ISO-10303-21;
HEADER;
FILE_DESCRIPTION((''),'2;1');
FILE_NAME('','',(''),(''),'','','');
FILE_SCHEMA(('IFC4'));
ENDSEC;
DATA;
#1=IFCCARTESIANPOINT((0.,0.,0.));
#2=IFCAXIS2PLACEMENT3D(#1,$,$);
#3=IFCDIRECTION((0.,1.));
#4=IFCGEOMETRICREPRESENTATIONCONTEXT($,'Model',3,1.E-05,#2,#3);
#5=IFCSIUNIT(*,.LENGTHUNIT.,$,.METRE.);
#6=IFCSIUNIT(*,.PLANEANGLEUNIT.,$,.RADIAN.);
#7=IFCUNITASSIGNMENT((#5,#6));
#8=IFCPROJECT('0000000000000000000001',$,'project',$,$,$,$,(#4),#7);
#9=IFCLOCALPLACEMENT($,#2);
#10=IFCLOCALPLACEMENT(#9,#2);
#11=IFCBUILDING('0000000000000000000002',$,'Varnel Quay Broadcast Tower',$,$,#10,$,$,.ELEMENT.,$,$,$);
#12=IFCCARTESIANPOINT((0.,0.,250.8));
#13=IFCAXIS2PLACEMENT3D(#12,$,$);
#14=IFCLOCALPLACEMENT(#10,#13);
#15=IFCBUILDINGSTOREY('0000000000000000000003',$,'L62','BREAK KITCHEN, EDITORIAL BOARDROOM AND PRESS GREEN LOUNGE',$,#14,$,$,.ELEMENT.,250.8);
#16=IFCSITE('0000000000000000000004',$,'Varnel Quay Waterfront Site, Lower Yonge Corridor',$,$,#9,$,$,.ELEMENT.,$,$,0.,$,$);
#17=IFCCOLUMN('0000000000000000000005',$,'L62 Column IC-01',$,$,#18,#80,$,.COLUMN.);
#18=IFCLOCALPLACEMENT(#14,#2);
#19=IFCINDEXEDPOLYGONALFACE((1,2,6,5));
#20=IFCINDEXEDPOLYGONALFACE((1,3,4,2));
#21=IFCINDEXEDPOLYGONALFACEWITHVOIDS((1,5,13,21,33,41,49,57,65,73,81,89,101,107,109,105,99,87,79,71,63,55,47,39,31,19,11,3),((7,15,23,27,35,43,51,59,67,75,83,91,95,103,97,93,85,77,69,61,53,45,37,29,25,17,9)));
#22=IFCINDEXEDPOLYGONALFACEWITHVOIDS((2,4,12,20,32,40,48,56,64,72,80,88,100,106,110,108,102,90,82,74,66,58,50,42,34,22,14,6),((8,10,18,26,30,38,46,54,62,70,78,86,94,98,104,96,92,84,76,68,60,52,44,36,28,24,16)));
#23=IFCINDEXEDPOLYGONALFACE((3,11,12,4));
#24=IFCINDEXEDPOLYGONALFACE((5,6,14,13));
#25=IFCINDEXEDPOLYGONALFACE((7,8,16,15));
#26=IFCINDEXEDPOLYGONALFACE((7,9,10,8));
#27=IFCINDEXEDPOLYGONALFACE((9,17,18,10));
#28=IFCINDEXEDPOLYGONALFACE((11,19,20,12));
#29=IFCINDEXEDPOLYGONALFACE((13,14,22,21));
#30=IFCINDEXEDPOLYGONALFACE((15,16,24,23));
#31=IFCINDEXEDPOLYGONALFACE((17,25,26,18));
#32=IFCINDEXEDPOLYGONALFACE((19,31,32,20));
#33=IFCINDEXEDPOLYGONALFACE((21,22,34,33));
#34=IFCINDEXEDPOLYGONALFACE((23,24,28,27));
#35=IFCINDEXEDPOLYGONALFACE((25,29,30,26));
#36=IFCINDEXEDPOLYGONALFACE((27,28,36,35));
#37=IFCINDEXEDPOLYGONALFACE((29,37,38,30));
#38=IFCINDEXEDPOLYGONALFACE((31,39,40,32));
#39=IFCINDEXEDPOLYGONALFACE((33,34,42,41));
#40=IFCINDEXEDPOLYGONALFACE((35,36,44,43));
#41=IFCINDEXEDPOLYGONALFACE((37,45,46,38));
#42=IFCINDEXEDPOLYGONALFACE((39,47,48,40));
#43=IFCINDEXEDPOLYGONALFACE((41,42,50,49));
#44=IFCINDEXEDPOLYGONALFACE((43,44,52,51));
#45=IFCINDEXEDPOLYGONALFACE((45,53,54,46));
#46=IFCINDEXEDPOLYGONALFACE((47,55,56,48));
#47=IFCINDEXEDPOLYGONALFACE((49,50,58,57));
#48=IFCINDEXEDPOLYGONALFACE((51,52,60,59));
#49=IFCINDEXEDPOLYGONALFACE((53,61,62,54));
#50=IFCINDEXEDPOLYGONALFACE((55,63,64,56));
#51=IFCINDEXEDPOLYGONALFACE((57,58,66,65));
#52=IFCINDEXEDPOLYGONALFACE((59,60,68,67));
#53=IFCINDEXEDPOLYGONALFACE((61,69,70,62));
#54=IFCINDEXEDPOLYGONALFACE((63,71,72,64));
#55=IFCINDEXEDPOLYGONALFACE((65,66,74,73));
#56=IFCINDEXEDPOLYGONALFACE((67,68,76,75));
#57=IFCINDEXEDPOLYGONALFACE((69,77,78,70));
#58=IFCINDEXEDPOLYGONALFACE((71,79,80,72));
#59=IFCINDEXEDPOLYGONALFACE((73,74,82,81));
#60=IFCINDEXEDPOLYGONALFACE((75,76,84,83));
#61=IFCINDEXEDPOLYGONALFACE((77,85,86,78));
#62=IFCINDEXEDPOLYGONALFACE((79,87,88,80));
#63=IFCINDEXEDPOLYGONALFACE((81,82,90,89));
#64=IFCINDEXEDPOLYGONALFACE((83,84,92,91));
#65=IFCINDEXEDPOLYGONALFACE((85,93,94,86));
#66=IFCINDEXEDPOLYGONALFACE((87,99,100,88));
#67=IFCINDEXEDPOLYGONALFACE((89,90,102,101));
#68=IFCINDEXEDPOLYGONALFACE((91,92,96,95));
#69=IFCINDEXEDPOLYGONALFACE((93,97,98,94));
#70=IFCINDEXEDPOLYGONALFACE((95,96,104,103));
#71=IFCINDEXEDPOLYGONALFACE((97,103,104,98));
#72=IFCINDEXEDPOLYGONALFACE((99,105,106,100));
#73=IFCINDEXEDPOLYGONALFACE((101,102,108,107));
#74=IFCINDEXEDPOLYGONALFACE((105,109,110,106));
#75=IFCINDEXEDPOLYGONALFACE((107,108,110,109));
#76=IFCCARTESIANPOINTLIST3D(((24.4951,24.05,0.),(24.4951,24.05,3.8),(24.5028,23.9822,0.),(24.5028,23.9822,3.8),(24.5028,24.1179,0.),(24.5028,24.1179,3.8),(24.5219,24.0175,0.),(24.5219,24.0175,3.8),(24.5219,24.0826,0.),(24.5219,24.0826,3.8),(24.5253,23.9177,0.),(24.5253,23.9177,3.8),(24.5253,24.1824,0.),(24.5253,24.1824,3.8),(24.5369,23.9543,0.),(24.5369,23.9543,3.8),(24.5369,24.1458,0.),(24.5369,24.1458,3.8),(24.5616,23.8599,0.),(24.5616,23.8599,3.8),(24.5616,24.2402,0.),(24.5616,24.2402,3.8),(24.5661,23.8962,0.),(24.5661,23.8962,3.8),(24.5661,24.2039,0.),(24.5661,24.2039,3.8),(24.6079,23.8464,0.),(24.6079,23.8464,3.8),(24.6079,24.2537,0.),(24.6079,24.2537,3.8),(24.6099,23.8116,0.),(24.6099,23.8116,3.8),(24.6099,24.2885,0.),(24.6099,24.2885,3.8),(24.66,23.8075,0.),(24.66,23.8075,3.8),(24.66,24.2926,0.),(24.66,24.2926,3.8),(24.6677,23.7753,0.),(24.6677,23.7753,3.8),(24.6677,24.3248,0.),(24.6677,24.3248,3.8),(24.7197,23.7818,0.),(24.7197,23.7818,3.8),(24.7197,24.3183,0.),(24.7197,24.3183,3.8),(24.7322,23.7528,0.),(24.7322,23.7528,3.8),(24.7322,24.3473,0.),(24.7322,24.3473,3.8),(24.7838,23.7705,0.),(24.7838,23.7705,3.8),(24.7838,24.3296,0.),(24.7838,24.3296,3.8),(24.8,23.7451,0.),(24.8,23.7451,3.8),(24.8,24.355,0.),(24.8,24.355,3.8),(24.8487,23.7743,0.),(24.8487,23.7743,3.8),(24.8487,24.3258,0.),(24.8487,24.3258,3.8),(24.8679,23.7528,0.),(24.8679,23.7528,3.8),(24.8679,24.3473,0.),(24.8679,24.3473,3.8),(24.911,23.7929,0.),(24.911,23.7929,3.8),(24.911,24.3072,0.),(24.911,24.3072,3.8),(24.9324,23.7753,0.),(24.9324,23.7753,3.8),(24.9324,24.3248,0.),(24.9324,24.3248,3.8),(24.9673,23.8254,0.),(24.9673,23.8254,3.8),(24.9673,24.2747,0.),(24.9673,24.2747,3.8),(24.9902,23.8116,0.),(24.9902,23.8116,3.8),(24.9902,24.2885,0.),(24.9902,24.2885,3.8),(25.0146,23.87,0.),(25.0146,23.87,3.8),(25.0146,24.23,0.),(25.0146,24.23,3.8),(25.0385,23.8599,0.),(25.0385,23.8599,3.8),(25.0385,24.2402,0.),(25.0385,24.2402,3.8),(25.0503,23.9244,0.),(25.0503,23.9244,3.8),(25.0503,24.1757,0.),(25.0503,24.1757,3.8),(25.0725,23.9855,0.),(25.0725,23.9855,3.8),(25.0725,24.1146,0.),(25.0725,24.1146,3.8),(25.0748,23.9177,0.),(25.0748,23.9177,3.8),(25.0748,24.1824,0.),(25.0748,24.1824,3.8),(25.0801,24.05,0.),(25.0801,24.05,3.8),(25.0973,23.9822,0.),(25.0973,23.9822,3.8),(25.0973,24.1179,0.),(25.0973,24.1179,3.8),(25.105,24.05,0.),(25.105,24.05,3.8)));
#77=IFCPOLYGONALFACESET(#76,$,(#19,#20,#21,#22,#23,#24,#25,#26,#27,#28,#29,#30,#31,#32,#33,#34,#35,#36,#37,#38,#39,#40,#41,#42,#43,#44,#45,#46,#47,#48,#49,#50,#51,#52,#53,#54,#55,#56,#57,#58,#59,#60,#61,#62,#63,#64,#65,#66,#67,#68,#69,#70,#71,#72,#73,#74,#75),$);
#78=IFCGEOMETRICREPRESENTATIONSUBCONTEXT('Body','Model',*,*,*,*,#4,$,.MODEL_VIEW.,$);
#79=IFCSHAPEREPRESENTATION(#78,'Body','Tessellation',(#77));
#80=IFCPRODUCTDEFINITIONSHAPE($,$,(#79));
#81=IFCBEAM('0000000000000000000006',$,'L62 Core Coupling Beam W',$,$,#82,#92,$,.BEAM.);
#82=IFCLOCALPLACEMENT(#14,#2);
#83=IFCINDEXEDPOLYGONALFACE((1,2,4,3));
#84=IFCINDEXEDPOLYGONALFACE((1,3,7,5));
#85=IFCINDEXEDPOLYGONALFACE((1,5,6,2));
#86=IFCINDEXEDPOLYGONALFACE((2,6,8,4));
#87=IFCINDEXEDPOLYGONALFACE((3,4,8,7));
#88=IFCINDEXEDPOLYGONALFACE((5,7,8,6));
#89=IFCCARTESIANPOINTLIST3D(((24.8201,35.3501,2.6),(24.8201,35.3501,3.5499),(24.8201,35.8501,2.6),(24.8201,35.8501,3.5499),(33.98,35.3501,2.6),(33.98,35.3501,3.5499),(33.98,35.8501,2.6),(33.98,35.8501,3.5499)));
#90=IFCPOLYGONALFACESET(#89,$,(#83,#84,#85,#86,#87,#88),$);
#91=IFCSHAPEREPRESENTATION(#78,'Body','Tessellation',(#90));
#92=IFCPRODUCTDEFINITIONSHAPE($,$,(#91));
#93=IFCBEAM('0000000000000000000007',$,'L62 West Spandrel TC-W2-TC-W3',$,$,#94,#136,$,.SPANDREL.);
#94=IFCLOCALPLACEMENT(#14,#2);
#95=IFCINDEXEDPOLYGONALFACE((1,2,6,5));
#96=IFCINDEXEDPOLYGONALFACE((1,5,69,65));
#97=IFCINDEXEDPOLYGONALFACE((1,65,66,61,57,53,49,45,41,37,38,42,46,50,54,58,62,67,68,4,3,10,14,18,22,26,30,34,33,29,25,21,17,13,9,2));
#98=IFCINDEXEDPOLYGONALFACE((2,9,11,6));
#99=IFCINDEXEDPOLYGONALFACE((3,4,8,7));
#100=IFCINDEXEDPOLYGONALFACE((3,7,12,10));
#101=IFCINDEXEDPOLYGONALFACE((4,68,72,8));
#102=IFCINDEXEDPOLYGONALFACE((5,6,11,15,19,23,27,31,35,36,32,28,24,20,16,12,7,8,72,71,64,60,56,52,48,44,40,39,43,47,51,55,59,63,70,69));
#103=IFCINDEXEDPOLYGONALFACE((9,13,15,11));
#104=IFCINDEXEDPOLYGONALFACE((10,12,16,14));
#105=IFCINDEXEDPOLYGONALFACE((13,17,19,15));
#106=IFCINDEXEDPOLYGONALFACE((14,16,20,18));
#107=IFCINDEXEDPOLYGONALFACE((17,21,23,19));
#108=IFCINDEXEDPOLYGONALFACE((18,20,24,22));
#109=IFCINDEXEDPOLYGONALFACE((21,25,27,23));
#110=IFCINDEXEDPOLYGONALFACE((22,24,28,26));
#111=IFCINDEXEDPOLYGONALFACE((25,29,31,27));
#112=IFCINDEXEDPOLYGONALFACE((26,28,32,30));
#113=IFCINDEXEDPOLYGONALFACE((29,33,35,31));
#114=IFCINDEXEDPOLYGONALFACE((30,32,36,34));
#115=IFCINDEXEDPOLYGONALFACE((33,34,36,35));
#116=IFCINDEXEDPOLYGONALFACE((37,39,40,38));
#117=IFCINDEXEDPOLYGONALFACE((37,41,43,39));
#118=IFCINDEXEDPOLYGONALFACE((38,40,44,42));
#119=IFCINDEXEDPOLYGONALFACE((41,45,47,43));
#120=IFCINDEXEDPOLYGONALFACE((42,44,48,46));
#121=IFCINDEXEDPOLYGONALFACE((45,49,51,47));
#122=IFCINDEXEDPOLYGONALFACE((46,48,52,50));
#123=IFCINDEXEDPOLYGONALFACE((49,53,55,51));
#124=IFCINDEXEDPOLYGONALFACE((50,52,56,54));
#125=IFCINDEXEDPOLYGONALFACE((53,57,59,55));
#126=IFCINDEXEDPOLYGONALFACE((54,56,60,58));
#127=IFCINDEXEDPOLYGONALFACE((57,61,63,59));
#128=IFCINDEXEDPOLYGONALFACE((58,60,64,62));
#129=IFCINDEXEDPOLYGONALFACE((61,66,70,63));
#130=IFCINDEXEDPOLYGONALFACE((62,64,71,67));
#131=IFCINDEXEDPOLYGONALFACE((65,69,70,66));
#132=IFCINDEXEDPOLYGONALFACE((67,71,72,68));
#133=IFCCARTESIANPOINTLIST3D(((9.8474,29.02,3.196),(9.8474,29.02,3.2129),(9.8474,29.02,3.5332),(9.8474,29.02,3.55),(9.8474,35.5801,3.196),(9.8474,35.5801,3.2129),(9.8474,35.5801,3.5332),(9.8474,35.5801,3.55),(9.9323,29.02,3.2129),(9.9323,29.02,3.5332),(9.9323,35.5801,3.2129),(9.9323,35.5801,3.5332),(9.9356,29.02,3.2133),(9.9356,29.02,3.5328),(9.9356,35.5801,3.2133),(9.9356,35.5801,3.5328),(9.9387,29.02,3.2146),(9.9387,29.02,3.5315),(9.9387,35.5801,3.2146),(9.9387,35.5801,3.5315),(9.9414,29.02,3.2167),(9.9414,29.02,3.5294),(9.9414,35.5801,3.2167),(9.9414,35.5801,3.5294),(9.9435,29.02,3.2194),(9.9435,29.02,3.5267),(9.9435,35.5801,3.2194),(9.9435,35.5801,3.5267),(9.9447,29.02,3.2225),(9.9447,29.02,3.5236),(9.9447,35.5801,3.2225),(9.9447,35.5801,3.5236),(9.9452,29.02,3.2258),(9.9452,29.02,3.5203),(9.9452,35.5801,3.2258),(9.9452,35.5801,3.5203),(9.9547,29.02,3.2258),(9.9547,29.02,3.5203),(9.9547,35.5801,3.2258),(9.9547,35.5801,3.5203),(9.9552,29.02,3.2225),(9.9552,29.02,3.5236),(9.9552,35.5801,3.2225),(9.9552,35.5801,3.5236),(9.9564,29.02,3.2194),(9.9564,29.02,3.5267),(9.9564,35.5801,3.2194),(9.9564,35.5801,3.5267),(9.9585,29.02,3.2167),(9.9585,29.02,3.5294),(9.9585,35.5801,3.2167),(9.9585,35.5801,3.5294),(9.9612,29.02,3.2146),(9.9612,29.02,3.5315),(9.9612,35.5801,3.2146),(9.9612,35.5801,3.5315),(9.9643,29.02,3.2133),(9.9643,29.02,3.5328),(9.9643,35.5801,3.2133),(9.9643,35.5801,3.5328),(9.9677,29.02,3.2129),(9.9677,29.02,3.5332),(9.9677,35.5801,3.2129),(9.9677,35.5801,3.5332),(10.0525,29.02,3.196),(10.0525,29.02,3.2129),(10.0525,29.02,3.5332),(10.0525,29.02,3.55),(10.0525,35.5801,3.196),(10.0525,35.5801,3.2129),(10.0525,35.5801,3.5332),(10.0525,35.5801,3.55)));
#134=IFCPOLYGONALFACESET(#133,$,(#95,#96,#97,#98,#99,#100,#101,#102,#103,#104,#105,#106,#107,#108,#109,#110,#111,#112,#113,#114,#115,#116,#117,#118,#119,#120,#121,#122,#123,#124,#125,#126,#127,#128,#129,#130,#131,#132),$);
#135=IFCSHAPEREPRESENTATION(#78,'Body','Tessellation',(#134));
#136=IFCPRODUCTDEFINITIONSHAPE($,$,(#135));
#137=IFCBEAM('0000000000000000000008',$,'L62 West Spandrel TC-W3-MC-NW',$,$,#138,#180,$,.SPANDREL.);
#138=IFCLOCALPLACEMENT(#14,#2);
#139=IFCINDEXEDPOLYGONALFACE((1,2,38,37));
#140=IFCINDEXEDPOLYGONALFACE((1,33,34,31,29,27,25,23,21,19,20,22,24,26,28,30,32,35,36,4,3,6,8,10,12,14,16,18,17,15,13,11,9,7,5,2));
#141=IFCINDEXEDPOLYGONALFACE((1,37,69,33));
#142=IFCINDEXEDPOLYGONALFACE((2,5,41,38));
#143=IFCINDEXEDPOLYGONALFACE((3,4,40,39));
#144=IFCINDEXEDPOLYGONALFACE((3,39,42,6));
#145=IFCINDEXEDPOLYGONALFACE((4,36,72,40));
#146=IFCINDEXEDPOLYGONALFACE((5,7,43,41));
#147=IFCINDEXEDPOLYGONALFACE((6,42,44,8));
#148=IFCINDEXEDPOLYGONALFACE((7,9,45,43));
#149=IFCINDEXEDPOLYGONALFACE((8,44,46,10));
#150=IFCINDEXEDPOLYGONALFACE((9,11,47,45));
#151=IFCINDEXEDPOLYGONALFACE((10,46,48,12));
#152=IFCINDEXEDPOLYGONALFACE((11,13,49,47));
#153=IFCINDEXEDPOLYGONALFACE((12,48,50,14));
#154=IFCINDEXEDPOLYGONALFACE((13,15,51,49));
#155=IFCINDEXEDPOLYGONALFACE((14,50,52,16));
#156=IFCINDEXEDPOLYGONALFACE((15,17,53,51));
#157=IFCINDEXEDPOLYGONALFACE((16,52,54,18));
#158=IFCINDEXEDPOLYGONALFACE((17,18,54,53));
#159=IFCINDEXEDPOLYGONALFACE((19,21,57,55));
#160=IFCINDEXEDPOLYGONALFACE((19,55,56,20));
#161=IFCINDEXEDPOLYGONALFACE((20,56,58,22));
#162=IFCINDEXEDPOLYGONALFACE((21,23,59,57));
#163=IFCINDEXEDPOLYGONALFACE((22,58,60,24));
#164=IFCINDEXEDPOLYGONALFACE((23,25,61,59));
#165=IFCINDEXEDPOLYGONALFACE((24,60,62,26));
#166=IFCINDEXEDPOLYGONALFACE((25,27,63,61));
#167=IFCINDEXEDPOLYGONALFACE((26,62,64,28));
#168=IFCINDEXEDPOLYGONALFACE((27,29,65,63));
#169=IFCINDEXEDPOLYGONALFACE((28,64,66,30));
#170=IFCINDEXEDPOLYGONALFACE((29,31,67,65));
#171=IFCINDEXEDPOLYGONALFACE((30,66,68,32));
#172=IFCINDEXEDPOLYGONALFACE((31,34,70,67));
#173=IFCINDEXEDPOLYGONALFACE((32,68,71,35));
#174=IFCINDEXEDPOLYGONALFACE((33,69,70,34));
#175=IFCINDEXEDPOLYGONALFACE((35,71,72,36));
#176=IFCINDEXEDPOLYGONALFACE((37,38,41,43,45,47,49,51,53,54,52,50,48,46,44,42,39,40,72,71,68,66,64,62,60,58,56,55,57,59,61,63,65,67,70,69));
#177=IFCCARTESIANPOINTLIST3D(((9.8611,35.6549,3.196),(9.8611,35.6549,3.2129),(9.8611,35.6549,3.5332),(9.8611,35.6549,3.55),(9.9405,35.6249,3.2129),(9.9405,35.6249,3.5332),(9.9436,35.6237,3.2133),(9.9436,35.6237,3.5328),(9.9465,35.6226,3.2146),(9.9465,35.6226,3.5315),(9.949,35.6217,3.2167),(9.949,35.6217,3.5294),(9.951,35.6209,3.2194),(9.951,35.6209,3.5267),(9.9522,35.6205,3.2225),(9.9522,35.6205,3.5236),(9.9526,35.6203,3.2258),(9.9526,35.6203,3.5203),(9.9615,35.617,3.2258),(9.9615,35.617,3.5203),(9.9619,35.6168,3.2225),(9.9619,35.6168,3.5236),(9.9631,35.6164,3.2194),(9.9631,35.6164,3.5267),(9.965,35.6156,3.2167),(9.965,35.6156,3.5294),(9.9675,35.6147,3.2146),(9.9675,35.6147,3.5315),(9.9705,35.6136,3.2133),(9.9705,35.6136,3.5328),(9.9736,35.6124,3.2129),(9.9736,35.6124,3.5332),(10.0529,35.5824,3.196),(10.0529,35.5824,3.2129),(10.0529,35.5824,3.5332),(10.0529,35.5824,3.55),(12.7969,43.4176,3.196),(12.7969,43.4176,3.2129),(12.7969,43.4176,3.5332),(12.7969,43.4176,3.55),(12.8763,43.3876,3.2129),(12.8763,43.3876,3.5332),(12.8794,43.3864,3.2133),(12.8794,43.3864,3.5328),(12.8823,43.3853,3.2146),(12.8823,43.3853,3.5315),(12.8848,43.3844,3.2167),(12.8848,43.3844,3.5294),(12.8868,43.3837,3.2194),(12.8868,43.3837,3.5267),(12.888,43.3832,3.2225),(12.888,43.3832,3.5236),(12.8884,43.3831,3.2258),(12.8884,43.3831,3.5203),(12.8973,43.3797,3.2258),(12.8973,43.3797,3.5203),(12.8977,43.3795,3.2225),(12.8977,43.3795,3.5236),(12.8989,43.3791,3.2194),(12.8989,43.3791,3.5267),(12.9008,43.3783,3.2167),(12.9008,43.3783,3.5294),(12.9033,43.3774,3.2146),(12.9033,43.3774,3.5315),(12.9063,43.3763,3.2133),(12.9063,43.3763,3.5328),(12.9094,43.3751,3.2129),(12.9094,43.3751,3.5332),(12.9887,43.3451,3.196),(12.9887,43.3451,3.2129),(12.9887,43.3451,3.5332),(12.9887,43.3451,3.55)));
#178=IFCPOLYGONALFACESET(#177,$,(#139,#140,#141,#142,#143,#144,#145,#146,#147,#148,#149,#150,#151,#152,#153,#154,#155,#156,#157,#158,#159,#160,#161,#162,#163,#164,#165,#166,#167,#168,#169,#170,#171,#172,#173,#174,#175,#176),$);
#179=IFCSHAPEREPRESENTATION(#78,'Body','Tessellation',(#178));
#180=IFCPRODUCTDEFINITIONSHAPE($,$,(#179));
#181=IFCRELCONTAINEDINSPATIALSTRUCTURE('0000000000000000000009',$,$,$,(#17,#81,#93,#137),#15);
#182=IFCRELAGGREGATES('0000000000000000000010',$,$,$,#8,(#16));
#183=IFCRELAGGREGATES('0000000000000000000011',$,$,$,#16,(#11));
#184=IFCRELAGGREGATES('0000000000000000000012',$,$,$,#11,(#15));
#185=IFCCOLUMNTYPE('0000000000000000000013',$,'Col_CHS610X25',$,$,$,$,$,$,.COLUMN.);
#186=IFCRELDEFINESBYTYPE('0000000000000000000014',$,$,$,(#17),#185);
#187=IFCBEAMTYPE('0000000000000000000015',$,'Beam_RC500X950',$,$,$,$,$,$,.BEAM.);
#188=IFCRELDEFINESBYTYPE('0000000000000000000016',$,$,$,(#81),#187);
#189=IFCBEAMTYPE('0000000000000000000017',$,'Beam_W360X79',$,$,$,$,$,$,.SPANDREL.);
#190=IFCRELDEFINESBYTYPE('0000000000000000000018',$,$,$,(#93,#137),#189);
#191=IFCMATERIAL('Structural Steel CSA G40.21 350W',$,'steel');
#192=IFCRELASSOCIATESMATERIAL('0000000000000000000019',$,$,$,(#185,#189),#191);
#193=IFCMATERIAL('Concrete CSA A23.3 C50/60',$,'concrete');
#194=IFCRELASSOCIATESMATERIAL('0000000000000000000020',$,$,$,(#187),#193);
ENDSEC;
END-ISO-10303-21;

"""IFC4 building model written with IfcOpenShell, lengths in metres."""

from ifc_helpers import new_model, si_unit, direction, frame, origin, origin_2d, place, context, subcontext, project, spatial, rectangle, hollow_circle, i_section, extrude, source, transform, mapped, material, material_profile, profile_set, type_object, type_shapes, element, save


model = new_model("IFC4")

# Units and contexts
model_context = context("Model", 3, precision=1e-05, world=origin(), true_north=direction((0.0, 1.0)))
body_context = subcontext(model_context, "Body", "Model", "MODEL_VIEW")
ifc_project = project(units=[si_unit("LENGTHUNIT", "METRE"), si_unit("PLANEANGLEUNIT", "RADIAN")], contexts=[model_context])

# Site, building, storey
site_placement = place(None, origin())
site = spatial("IfcSite", under=ifc_project, at=site_placement, Name="Varnel Quay Waterfront Site, Lower Yonge Corridor", CompositionType="ELEMENT", RefElevation=0.0)
building_placement = place(site_placement, origin())
building = spatial("IfcBuilding", under=site, at=building_placement, Name="Varnel Quay Broadcast Tower", CompositionType="ELEMENT")
storey_placement = place(building_placement, frame((0.0, 0.0, 250.8)))
storey = spatial("IfcBuildingStorey", under=building, at=storey_placement, Name="L62", Description="BREAK KITCHEN, EDITORIAL BOARDROOM AND PRESS GREEN LOUNGE", CompositionType="ELEMENT", Elevation=250.8)

# Column
ifc_material_1 = material(Name="Structural Steel CSA G40.21 350W", Category="steel")
ifc_material_profile_1 = material_profile(ifc_material_1, hollow_circle(Radius=0.3049, WallThickness=0.0249, at=origin_2d()), Name="CHS610X25")
ifc_profile_set_1 = profile_set([ifc_material_profile_1], Name="Structural Steel CSA G40.21 350W")
column_type_1 = type_object("IfcColumnType", Name="Col_CHS610X25", PredefinedType="COLUMN", material=ifc_profile_set_1)
shared_shape_1 = source(origin(), body_context, "Body", "SweptSolid", [
    extrude(hollow_circle(Radius=0.3049, WallThickness=0.0249, at=origin_2d()), origin(), (0.0, 0.0, 1.0), 3.8),
])
type_shapes(column_type_1, [shared_shape_1])
column_placement = place(storey_placement, frame((24.8, 24.05, 0.0), z_axis=(0.0, 0.0, 1.0), x_axis=(1.0, 0.0, 0.0)))
element("IfcColumn", 1, at=column_placement, inside=storey, type_object=column_type_1, Name="L62 Column IC-01", PredefinedType="COLUMN", context=body_context, shape_type="MappedRepresentation", body=[
    mapped(shared_shape_1, transform((0.0, 0.0, 0.0), x_axis=(1.0, 0.0, 0.0), y_axis=(0.0, 1.0, 0.0), z_axis=(0.0, 0.0, 1.0), scale=1.0)),
])

# Beams
ifc_material_2 = material(Name="Concrete CSA A23.3 C50/60", Category="concrete")
ifc_material_profile_2 = material_profile(ifc_material_2, rectangle(XDim=0.5, YDim=0.95, at=origin_2d()), Name="RC500X950")
ifc_profile_set_2 = profile_set([ifc_material_profile_2], Name="Concrete CSA A23.3 C50/60")
beam_type_1 = type_object("IfcBeamType", Name="Beam_RC500X950", PredefinedType="BEAM", material=ifc_profile_set_2)
shared_shape_2 = source(origin(), body_context, "Body", "SweptSolid", [
    extrude(rectangle(XDim=0.5, YDim=0.95, at=origin_2d()), origin(), (0.0, 0.0, 1.0), 9.1599),
])
type_shapes(beam_type_1, [shared_shape_2])
beam_1_placement = place(storey_placement, frame((24.8201, 35.6001, 3.075), z_axis=(1.0, 0.0, 0.0), x_axis=(0.0, 1.0, 0.0)))
element("IfcBeam", 2, at=beam_1_placement, inside=storey, type_object=beam_type_1, Name="L62 Core Coupling Beam W", PredefinedType="BEAM", context=body_context, shape_type="MappedRepresentation", body=[
    mapped(shared_shape_2, transform((0.0, 0.0, 0.0), x_axis=(1.0, 0.0, 0.0), y_axis=(0.0, 1.0, 0.0), z_axis=(0.0, 0.0, 1.0), scale=1.0)),
])
ifc_material_profile_3 = material_profile(ifc_material_1, i_section(OverallWidth=0.2051, OverallDepth=0.354, WebThickness=0.0095, FlangeThickness=0.0168, FilletRadius=0.0129, at=origin_2d()), Name="W360X79")
ifc_profile_set_3 = profile_set([ifc_material_profile_3], Name="Structural Steel CSA G40.21 350W")
beam_type_2 = type_object("IfcBeamType", Name="Beam_W360X79", PredefinedType="SPANDREL", material=ifc_profile_set_3)
shared_shape_3 = source(origin(), body_context, "Body", "SweptSolid", [
    extrude(i_section(OverallWidth=0.2051, OverallDepth=0.354, WebThickness=0.0095, FlangeThickness=0.0168, FilletRadius=0.0129, at=origin_2d()), origin(), (0.0, 0.0, 1.0), 6.5601),
])
beam_2_placement = place(storey_placement, frame((9.95, 29.02, 3.373), z_axis=(0.0, 1.0, 0.0), x_axis=(-1.0, 0.0, 0.0)))
element("IfcBeam", 3, at=beam_2_placement, inside=storey, type_object=beam_type_2, Name="L62 West Spandrel TC-W2-TC-W3", PredefinedType="SPANDREL", context=body_context, shape_type="MappedRepresentation", body=[
    mapped(shared_shape_3, transform((0.0, 0.0, 0.0), x_axis=(1.0, 0.0, 0.0), y_axis=(0.0, 1.0, 0.0), z_axis=(0.0, 0.0, 1.0), scale=1.0)),
])
shared_shape_4 = source(origin(), body_context, "Body", "SweptSolid", [
    extrude(i_section(OverallWidth=0.2051, OverallDepth=0.354, WebThickness=0.0095, FlangeThickness=0.0168, FilletRadius=0.0129, at=origin_2d()), origin(), (0.0, 0.0, 1.0), 8.2993),
])
type_shapes(beam_type_2, [shared_shape_3, shared_shape_4])
beam_3_placement = place(storey_placement, frame((9.957, 35.6187, 3.373), z_axis=(0.35374, 0.935344, 0.0), x_axis=(-0.935344, 0.35374, 0.0)))
element("IfcBeam", 4, at=beam_3_placement, inside=storey, type_object=beam_type_2, Name="L62 West Spandrel TC-W3-MC-NW", PredefinedType="SPANDREL", context=body_context, shape_type="MappedRepresentation", body=[
    mapped(shared_shape_4, transform((0.0, 0.0, 0.0), x_axis=(1.0, 0.0, 0.0), y_axis=(0.0, 1.0, 0.0), z_axis=(0.0, 0.0, 1.0), scale=1.0)),
])

save(model, "model.ifc")
